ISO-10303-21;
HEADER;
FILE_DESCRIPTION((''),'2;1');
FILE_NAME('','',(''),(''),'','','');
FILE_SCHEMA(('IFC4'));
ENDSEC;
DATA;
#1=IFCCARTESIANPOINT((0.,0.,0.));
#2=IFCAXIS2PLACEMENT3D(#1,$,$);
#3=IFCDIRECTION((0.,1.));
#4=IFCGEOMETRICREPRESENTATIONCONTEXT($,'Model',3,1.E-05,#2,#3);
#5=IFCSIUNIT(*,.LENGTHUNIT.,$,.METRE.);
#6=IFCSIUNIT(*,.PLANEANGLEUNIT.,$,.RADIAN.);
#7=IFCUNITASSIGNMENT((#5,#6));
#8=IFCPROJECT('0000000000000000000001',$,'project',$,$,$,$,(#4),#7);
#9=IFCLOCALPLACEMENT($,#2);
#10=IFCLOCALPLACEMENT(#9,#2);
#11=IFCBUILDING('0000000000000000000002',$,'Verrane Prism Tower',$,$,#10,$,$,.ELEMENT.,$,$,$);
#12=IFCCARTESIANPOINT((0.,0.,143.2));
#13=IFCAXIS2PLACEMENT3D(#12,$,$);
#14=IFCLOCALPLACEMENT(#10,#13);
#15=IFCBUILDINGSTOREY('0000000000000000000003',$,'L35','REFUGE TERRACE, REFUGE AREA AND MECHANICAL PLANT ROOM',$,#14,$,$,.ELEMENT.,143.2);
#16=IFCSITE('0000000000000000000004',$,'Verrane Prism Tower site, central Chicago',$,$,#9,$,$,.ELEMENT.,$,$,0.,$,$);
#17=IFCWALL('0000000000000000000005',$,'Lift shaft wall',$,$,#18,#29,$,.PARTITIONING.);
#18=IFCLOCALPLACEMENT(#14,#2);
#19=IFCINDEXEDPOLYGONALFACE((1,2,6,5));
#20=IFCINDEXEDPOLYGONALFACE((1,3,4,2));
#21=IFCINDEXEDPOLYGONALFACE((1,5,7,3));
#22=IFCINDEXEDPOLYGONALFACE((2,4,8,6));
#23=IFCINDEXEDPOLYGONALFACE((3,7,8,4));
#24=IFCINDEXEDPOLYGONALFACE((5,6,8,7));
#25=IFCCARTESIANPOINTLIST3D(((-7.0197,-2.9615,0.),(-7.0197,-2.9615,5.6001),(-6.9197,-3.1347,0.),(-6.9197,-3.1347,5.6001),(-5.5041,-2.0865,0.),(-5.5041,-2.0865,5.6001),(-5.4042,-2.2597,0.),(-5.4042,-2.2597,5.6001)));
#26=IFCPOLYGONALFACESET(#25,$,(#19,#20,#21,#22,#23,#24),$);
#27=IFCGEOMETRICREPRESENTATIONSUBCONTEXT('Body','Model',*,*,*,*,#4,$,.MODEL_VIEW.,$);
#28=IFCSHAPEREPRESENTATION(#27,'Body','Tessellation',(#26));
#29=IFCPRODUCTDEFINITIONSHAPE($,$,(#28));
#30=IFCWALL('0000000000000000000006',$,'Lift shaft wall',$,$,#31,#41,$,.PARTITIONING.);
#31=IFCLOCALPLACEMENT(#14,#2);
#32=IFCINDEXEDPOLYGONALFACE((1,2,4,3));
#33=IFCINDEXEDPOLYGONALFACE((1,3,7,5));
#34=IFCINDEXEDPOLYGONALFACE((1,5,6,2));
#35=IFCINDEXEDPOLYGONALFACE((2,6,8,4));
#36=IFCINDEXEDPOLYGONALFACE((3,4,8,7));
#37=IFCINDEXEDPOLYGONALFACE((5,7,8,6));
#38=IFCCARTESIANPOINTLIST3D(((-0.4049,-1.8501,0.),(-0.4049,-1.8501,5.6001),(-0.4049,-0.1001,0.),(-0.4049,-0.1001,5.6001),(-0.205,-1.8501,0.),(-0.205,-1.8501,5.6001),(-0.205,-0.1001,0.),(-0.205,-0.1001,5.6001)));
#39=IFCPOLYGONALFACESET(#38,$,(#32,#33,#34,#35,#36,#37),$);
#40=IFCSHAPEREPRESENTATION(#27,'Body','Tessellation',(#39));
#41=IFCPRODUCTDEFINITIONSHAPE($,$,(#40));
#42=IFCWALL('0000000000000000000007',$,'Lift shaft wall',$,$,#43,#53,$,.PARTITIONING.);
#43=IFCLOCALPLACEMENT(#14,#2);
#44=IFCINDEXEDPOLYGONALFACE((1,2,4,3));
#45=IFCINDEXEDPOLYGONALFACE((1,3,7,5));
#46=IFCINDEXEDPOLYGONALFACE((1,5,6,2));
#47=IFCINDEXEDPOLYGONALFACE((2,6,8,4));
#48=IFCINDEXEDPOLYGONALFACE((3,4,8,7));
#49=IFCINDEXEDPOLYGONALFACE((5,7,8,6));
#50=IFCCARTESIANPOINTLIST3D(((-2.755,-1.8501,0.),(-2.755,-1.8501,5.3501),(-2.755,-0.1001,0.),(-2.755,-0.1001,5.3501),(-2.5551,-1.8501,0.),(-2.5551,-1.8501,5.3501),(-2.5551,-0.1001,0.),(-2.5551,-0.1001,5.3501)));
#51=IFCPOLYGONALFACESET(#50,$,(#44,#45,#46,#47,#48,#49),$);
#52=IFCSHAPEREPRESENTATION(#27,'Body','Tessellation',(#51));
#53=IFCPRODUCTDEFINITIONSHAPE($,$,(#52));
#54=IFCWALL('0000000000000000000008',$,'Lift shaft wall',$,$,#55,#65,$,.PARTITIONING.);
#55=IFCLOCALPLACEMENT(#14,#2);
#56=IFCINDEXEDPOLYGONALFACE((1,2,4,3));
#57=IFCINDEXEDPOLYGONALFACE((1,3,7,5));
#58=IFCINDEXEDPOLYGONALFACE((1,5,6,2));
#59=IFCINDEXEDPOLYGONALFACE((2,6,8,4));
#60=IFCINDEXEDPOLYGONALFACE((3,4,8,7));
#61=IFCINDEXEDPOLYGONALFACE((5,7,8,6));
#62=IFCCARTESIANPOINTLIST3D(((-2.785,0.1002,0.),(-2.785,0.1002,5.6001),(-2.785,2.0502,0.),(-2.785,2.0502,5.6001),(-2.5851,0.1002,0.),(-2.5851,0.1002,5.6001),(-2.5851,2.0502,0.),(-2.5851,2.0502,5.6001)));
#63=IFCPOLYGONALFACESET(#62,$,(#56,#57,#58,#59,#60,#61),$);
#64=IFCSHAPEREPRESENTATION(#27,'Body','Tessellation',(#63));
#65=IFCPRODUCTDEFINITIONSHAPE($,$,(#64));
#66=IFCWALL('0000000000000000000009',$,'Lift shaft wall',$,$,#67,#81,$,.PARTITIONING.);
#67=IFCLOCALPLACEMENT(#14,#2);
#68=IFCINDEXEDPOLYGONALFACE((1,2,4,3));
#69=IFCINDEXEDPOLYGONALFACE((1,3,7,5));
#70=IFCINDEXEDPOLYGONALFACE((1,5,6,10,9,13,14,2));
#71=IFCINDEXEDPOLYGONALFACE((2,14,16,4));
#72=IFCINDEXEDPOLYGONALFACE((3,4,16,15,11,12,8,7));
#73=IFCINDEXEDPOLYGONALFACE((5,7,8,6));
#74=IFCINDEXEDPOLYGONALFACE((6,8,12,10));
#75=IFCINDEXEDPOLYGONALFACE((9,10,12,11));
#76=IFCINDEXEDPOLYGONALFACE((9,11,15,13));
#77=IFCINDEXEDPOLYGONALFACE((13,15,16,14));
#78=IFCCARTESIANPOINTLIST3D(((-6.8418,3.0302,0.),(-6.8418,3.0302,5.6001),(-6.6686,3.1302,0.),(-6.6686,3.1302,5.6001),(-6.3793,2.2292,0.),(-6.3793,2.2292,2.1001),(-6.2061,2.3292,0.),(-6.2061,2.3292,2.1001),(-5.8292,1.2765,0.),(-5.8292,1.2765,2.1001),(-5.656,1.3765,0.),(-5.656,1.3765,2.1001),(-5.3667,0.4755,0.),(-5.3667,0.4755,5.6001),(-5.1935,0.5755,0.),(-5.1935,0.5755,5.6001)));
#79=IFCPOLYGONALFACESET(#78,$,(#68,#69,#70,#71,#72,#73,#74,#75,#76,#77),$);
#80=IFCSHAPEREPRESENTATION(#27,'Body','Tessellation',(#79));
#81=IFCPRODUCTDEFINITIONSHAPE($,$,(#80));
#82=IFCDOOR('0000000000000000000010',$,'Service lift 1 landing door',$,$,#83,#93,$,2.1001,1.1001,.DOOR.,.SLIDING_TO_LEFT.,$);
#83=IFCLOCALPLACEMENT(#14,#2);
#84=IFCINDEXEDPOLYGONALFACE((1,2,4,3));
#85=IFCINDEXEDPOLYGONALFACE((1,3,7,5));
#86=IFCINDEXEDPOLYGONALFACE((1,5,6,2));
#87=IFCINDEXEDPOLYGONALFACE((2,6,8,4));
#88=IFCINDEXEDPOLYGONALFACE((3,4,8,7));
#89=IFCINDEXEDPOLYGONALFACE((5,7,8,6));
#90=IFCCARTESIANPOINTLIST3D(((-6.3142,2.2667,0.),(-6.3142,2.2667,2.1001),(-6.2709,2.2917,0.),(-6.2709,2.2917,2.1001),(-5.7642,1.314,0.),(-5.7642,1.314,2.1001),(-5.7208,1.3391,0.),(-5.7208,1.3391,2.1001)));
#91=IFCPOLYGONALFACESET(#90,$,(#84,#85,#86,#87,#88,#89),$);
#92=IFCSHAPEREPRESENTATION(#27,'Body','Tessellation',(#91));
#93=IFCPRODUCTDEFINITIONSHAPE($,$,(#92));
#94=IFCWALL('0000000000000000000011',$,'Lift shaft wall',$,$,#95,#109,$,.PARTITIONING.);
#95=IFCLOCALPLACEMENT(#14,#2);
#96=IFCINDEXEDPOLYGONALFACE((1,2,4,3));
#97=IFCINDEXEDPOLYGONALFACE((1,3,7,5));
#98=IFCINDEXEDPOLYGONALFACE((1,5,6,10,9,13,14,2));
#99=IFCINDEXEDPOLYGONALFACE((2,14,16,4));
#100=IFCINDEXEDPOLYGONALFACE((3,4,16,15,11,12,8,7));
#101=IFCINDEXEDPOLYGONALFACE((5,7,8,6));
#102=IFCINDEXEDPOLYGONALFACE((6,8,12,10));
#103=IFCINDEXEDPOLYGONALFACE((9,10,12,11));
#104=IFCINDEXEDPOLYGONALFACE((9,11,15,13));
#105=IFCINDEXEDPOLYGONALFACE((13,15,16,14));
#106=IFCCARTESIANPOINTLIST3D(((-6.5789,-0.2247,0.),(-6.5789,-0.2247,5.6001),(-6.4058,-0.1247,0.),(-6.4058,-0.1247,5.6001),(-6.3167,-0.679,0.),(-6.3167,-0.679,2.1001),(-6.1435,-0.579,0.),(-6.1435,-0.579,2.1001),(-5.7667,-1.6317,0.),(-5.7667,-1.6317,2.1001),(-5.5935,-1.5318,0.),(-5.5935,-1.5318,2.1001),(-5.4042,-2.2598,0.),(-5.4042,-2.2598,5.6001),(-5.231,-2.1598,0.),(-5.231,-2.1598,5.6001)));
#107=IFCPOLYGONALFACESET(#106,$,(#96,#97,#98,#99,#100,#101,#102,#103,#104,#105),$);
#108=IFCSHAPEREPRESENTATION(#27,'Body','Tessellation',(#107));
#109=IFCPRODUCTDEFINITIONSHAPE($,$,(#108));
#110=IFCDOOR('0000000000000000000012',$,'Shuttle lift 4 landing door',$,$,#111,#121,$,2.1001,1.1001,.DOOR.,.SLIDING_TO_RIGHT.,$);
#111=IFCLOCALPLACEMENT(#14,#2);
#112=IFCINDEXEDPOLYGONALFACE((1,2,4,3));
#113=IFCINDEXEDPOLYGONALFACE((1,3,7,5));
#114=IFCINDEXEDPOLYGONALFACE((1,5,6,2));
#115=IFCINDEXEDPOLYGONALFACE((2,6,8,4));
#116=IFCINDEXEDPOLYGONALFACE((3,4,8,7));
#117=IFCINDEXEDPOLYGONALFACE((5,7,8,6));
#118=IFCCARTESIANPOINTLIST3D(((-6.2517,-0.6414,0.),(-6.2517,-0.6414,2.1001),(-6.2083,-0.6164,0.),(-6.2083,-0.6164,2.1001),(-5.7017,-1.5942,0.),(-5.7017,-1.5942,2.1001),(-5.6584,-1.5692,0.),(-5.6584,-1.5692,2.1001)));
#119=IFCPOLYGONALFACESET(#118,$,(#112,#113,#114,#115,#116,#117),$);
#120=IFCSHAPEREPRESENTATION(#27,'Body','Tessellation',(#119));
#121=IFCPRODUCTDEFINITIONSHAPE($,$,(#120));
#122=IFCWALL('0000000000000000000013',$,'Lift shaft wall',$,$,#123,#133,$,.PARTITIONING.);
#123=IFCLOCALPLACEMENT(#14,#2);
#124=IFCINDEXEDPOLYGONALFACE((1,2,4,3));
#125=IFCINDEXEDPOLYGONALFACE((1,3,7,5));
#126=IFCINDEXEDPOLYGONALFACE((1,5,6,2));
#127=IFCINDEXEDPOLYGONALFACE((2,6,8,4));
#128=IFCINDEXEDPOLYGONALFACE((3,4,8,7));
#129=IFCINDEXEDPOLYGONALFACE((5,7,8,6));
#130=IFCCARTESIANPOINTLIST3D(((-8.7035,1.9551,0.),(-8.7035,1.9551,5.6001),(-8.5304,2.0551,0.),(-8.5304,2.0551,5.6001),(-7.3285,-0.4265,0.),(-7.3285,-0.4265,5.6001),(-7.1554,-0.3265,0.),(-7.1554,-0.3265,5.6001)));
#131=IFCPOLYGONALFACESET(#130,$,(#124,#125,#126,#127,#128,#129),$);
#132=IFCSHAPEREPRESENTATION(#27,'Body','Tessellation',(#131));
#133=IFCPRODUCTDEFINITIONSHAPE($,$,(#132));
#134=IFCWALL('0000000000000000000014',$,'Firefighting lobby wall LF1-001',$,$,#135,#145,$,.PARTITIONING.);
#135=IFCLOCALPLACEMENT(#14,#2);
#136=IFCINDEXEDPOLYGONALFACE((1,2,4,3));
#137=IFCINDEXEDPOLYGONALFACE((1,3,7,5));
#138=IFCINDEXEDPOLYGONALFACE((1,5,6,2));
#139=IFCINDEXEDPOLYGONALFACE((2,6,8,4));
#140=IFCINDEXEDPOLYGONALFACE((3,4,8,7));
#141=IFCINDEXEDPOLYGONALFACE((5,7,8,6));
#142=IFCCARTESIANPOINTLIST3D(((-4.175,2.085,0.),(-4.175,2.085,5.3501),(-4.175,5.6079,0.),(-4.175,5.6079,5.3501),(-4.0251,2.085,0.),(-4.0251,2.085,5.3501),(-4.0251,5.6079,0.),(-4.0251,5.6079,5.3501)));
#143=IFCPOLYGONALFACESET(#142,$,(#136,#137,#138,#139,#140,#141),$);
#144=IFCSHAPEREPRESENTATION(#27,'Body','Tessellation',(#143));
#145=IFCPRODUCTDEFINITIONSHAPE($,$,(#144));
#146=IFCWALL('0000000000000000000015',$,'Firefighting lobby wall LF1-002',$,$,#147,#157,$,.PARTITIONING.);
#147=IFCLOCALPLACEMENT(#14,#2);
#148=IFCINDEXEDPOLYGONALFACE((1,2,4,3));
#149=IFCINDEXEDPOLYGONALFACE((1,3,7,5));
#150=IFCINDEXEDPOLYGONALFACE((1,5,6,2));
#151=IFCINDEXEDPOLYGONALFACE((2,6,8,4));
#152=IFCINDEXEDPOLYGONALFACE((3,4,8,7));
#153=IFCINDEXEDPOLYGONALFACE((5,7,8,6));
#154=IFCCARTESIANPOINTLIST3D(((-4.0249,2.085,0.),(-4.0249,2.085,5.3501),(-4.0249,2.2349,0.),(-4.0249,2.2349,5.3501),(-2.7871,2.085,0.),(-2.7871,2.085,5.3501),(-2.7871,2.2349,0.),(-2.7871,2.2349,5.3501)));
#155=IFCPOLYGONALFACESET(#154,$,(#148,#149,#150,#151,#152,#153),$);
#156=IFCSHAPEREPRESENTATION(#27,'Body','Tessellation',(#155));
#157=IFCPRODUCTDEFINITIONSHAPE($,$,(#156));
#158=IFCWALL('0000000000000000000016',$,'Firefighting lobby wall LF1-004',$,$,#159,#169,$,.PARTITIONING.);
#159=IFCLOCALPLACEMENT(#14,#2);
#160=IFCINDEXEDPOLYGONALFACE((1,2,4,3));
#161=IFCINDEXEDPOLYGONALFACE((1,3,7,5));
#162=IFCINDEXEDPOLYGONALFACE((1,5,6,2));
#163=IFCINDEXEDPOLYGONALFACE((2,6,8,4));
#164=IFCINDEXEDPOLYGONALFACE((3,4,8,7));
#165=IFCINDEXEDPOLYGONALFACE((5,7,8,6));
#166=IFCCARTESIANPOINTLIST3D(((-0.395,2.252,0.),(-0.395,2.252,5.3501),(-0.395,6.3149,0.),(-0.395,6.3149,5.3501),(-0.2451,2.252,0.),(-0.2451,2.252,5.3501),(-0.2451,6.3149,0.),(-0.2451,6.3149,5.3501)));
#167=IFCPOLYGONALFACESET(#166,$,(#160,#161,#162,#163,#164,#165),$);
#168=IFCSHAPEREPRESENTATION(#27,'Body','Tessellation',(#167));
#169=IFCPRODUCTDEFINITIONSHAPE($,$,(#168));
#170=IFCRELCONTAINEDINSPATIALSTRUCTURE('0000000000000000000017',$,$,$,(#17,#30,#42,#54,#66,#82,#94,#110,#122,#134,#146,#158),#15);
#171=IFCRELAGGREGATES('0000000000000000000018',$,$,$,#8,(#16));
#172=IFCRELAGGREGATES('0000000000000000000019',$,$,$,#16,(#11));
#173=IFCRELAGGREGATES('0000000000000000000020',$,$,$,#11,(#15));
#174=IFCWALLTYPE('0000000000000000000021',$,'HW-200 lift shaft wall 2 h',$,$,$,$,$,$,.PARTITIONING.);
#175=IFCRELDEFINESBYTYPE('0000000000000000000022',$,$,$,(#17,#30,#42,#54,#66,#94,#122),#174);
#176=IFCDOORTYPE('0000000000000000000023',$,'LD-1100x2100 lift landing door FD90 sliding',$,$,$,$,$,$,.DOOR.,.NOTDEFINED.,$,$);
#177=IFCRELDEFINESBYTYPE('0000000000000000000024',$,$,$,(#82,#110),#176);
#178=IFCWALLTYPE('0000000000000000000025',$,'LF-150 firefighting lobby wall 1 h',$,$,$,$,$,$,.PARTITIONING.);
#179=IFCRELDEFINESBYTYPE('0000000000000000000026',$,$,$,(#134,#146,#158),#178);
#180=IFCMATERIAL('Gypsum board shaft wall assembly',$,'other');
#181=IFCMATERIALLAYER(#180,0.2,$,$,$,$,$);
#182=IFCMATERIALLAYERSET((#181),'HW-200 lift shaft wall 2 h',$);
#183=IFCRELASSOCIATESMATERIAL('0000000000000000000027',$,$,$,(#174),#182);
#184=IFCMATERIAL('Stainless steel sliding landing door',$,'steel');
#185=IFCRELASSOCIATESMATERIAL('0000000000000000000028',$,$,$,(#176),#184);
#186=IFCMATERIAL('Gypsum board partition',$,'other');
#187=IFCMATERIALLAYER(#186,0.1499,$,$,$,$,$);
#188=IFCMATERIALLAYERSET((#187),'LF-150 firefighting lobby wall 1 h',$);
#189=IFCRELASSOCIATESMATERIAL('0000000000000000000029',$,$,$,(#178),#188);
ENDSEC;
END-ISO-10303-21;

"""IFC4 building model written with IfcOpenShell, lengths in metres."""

from ifc_helpers import new_model, si_unit, direction, frame, frame_2d, origin, place, context, subcontext, project, spatial, rectangle, extrude, material, layer, layer_set, type_object, element, fill, save


model = new_model("IFC4")

# Units and contexts
model_context = context("Model", 3, precision=1e-05, world=origin(), true_north=direction((0.0, 1.0)))
body_context = subcontext(model_context, "Body", "Model", "MODEL_VIEW")
ifc_project = project(units=[si_unit("LENGTHUNIT", "METRE"), si_unit("PLANEANGLEUNIT", "RADIAN")], contexts=[model_context])

# Site, building, storey
site_placement = place(None, origin())
site = spatial("IfcSite", under=ifc_project, at=site_placement, Name="Verrane Prism Tower site, central Chicago", CompositionType="ELEMENT", RefElevation=0.0)
building_placement = place(site_placement, origin())
building = spatial("IfcBuilding", under=site, at=building_placement, Name="Verrane Prism Tower", CompositionType="ELEMENT")
storey_placement = place(building_placement, frame((0.0, 0.0, 143.2)))
storey = spatial("IfcBuildingStorey", under=building, at=storey_placement, Name="L35", Description="REFUGE TERRACE, REFUGE AREA AND MECHANICAL PLANT ROOM", CompositionType="ELEMENT", Elevation=143.2)

# Shared definitions
ifc_material_1 = material(Name="Gypsum board shaft wall assembly", Category="other")
ifc_layer_1 = layer(ifc_material_1, 0.2)
ifc_layer_set_1 = layer_set([ifc_layer_1], Name="HW-200 lift shaft wall 2 h")
wall_type_1 = type_object("IfcWallType", Name="HW-200 lift shaft wall 2 h", PredefinedType="PARTITIONING", material=ifc_layer_set_1)
ifc_material_2 = material(Name="Stainless steel sliding landing door", Category="steel")
door_type = type_object("IfcDoorType", Name="LD-1100x2100 lift landing door FD90 sliding", OperationType="NOTDEFINED", PredefinedType="DOOR", material=ifc_material_2)

# Walls
for number, where, z_axis, x_axis, name in (
    (1, (-6.9697, -3.0481, 0.0), (0.0, 0.0, 1.0), (0.866037, 0.49998, 0.0), "Lift shaft wall"),
    (2, (-0.3049, -1.8501, 0.0), (0.0, 0.0, 1.0), (0.0, 1.0, 0.0), "Lift shaft wall"),
):
    element("IfcWall", number, at=place(storey_placement, frame(where, z_axis=z_axis, x_axis=x_axis)), inside=storey, type_object=wall_type_1, Name=name, PredefinedType="PARTITIONING", context=body_context, shape_type="SweptSolid", body=[
        extrude(rectangle(XDim=1.75, YDim=0.2, at=frame_2d((0.875, 0.0))), origin(), (0.0, 0.0, 1.0), 5.6001),
    ])
wall_1_placement = place(storey_placement, frame((-2.655, -1.8501, 0.0), z_axis=(0.0, 0.0, 1.0), x_axis=(0.0, 1.0, 0.0)))
element("IfcWall", 3, at=wall_1_placement, inside=storey, type_object=wall_type_1, Name="Lift shaft wall", PredefinedType="PARTITIONING", context=body_context, shape_type="SweptSolid", body=[
    extrude(rectangle(XDim=1.75, YDim=0.2, at=frame_2d((0.875, 0.0))), origin(), (0.0, 0.0, 1.0), 5.3501),
])
wall_2_placement = place(storey_placement, frame((-2.6851, 0.1001, 0.0), z_axis=(0.0, 0.0, 1.0), x_axis=(0.0, 1.0, 0.0)))
element("IfcWall", 4, at=wall_2_placement, inside=storey, type_object=wall_type_1, Name="Lift shaft wall", PredefinedType="PARTITIONING", context=body_context, shape_type="SweptSolid", body=[
    extrude(rectangle(XDim=1.95, YDim=0.2, at=frame_2d((0.9751, 0.0))), origin(), (0.0, 0.0, 1.0), 5.6001),
])

# Walls, openings, doors
wall_3_placement = place(storey_placement, frame((-5.28, 0.5254, 0.0), z_axis=(0.0, 0.0, 1.0), x_axis=(-0.500038, 0.866004, 0.0)))
wall_3 = element("IfcWall", 5, at=wall_3_placement, inside=storey, type_object=wall_type_1, Name="Lift shaft wall", PredefinedType="PARTITIONING", context=body_context, shape_type="SweptSolid", body=[
    extrude(rectangle(XDim=2.95, YDim=0.2, at=frame_2d((1.4751, 0.0))), origin(), (0.0, 0.0, 1.0), 5.6001),
])
opening_1_placement = place(wall_3_placement, frame((0.925, 0.0, 0.0)))
opening_1 = element("IfcOpeningElement", 6, at=opening_1_placement, cuts=wall_3, PredefinedType="OPENING", context=body_context, shape_type="SweptSolid", body=[
    extrude(rectangle(XDim=1.1001, YDim=2.1001, at=frame_2d((0.55, 1.05))), frame((0.0, 0.1099, 0.0), z_axis=(0.0, -1.0, 0.0), x_axis=(1.0, 0.0, 0.0)), (0.0, 0.0, 1.0), 0.22),
])
door_1_placement = place(opening_1_placement, origin())
door_1 = element("IfcDoor", 7, at=door_1_placement, inside=storey, type_object=door_type, Name="Service lift 1 landing door", OperationType="SLIDING_TO_LEFT", OverallHeight=2.1001, OverallWidth=1.1001, PredefinedType="DOOR", context=body_context, shape_type="SweptSolid", body=[
    extrude(rectangle(XDim=1.1001, YDim=2.1001, at=frame_2d((0.55, 1.05))), frame((0.0, 0.0249, 0.0), z_axis=(0.0, -1.0, 0.0), x_axis=(1.0, 0.0, 0.0)), (0.0, 0.0, 1.0), 0.05),
])
fill(opening_1, door_1)
wall_4_placement = place(storey_placement, frame((-5.3176, -2.2097, 0.0), z_axis=(0.0, 0.0, 1.0), x_axis=(-0.499938, 0.866061, 0.0)))
wall_4 = element("IfcWall", 8, at=wall_4_placement, inside=storey, type_object=wall_type_1, Name="Lift shaft wall", PredefinedType="PARTITIONING", context=body_context, shape_type="SweptSolid", body=[
    extrude(rectangle(XDim=2.3499, YDim=0.2, at=frame_2d((1.1748, 0.0))), origin(), (0.0, 0.0, 1.0), 5.6001),
])
opening_2_placement = place(wall_4_placement, frame((0.7251, 0.0, 0.0)))
opening_2 = element("IfcOpeningElement", 9, at=opening_2_placement, cuts=wall_4, PredefinedType="OPENING", context=body_context, shape_type="SweptSolid", body=[
    extrude(rectangle(XDim=1.1001, YDim=2.1001, at=frame_2d((0.55, 1.05))), frame((0.0, 0.1099, 0.0), z_axis=(0.0, -1.0, 0.0), x_axis=(1.0, 0.0, 0.0)), (0.0, 0.0, 1.0), 0.22),
])
door_2_placement = place(opening_2_placement, origin())
door_2 = element("IfcDoor", 10, at=door_2_placement, inside=storey, type_object=door_type, Name="Shuttle lift 4 landing door", OperationType="SLIDING_TO_RIGHT", OverallHeight=2.1001, OverallWidth=1.1001, PredefinedType="DOOR", context=body_context, shape_type="SweptSolid", body=[
    extrude(rectangle(XDim=1.1001, YDim=2.1001, at=frame_2d((0.55, 1.05))), frame((0.0, 0.0249, 0.0), z_axis=(0.0, -1.0, 0.0), x_axis=(1.0, 0.0, 0.0)), (0.0, 0.0, 1.0), 0.05),
])
fill(opening_2, door_2)

# Walls
wall_5_placement = place(storey_placement, frame((-7.2419, -0.3765, 0.0), z_axis=(0.0, 0.0, 1.0), x_axis=(-0.499997, 0.866027, 0.0)))
element("IfcWall", 11, at=wall_5_placement, inside=storey, type_object=wall_type_1, Name="Lift shaft wall", PredefinedType="PARTITIONING", context=body_context, shape_type="SweptSolid", body=[
    extrude(rectangle(XDim=2.75, YDim=0.2, at=frame_2d((1.375, 0.0))), origin(), (0.0, 0.0, 1.0), 5.6001),
])
ifc_material_3 = material(Name="Gypsum board partition", Category="other")
ifc_layer_2 = layer(ifc_material_3, 0.1499)
ifc_layer_set_2 = layer_set([ifc_layer_2], Name="LF-150 firefighting lobby wall 1 h")
wall_type_2 = type_object("IfcWallType", Name="LF-150 firefighting lobby wall 1 h", PredefinedType="PARTITIONING", material=ifc_layer_set_2)
wall_6_placement = place(storey_placement, frame((-4.1001, 2.085, 0.0), z_axis=(0.0, 0.0, 1.0), x_axis=(0.0, 1.0, 0.0)))
element("IfcWall", 12, at=wall_6_placement, inside=storey, type_object=wall_type_2, Name="Firefighting lobby wall LF1-001", PredefinedType="PARTITIONING", context=body_context, shape_type="SweptSolid", body=[
    extrude(rectangle(XDim=3.5229, YDim=0.1499, at=frame_2d((1.7615, 0.0))), origin(), (0.0, 0.0, 1.0), 5.3501),
])
wall_7_placement = place(storey_placement, frame((-4.0249, 2.1599, 0.0), z_axis=(0.0, 0.0, 1.0), x_axis=(1.0, 0.0, 0.0)))
element("IfcWall", 13, at=wall_7_placement, inside=storey, type_object=wall_type_2, Name="Firefighting lobby wall LF1-002", PredefinedType="PARTITIONING", context=body_context, shape_type="SweptSolid", body=[
    extrude(rectangle(XDim=1.2378, YDim=0.1499, at=frame_2d((0.6189, 0.0))), origin(), (0.0, 0.0, 1.0), 5.3501),
])
wall_8_placement = place(storey_placement, frame((-0.3201, 2.252, 0.0), z_axis=(0.0, 0.0, 1.0), x_axis=(0.0, 1.0, 0.0)))
element("IfcWall", 14, at=wall_8_placement, inside=storey, type_object=wall_type_2, Name="Firefighting lobby wall LF1-004", PredefinedType="PARTITIONING", context=body_context, shape_type="SweptSolid", body=[
    extrude(rectangle(XDim=4.063, YDim=0.1499, at=frame_2d((2.0315, 0.0))), origin(), (0.0, 0.0, 1.0), 5.3501),
])

save(model, "model.ifc")
